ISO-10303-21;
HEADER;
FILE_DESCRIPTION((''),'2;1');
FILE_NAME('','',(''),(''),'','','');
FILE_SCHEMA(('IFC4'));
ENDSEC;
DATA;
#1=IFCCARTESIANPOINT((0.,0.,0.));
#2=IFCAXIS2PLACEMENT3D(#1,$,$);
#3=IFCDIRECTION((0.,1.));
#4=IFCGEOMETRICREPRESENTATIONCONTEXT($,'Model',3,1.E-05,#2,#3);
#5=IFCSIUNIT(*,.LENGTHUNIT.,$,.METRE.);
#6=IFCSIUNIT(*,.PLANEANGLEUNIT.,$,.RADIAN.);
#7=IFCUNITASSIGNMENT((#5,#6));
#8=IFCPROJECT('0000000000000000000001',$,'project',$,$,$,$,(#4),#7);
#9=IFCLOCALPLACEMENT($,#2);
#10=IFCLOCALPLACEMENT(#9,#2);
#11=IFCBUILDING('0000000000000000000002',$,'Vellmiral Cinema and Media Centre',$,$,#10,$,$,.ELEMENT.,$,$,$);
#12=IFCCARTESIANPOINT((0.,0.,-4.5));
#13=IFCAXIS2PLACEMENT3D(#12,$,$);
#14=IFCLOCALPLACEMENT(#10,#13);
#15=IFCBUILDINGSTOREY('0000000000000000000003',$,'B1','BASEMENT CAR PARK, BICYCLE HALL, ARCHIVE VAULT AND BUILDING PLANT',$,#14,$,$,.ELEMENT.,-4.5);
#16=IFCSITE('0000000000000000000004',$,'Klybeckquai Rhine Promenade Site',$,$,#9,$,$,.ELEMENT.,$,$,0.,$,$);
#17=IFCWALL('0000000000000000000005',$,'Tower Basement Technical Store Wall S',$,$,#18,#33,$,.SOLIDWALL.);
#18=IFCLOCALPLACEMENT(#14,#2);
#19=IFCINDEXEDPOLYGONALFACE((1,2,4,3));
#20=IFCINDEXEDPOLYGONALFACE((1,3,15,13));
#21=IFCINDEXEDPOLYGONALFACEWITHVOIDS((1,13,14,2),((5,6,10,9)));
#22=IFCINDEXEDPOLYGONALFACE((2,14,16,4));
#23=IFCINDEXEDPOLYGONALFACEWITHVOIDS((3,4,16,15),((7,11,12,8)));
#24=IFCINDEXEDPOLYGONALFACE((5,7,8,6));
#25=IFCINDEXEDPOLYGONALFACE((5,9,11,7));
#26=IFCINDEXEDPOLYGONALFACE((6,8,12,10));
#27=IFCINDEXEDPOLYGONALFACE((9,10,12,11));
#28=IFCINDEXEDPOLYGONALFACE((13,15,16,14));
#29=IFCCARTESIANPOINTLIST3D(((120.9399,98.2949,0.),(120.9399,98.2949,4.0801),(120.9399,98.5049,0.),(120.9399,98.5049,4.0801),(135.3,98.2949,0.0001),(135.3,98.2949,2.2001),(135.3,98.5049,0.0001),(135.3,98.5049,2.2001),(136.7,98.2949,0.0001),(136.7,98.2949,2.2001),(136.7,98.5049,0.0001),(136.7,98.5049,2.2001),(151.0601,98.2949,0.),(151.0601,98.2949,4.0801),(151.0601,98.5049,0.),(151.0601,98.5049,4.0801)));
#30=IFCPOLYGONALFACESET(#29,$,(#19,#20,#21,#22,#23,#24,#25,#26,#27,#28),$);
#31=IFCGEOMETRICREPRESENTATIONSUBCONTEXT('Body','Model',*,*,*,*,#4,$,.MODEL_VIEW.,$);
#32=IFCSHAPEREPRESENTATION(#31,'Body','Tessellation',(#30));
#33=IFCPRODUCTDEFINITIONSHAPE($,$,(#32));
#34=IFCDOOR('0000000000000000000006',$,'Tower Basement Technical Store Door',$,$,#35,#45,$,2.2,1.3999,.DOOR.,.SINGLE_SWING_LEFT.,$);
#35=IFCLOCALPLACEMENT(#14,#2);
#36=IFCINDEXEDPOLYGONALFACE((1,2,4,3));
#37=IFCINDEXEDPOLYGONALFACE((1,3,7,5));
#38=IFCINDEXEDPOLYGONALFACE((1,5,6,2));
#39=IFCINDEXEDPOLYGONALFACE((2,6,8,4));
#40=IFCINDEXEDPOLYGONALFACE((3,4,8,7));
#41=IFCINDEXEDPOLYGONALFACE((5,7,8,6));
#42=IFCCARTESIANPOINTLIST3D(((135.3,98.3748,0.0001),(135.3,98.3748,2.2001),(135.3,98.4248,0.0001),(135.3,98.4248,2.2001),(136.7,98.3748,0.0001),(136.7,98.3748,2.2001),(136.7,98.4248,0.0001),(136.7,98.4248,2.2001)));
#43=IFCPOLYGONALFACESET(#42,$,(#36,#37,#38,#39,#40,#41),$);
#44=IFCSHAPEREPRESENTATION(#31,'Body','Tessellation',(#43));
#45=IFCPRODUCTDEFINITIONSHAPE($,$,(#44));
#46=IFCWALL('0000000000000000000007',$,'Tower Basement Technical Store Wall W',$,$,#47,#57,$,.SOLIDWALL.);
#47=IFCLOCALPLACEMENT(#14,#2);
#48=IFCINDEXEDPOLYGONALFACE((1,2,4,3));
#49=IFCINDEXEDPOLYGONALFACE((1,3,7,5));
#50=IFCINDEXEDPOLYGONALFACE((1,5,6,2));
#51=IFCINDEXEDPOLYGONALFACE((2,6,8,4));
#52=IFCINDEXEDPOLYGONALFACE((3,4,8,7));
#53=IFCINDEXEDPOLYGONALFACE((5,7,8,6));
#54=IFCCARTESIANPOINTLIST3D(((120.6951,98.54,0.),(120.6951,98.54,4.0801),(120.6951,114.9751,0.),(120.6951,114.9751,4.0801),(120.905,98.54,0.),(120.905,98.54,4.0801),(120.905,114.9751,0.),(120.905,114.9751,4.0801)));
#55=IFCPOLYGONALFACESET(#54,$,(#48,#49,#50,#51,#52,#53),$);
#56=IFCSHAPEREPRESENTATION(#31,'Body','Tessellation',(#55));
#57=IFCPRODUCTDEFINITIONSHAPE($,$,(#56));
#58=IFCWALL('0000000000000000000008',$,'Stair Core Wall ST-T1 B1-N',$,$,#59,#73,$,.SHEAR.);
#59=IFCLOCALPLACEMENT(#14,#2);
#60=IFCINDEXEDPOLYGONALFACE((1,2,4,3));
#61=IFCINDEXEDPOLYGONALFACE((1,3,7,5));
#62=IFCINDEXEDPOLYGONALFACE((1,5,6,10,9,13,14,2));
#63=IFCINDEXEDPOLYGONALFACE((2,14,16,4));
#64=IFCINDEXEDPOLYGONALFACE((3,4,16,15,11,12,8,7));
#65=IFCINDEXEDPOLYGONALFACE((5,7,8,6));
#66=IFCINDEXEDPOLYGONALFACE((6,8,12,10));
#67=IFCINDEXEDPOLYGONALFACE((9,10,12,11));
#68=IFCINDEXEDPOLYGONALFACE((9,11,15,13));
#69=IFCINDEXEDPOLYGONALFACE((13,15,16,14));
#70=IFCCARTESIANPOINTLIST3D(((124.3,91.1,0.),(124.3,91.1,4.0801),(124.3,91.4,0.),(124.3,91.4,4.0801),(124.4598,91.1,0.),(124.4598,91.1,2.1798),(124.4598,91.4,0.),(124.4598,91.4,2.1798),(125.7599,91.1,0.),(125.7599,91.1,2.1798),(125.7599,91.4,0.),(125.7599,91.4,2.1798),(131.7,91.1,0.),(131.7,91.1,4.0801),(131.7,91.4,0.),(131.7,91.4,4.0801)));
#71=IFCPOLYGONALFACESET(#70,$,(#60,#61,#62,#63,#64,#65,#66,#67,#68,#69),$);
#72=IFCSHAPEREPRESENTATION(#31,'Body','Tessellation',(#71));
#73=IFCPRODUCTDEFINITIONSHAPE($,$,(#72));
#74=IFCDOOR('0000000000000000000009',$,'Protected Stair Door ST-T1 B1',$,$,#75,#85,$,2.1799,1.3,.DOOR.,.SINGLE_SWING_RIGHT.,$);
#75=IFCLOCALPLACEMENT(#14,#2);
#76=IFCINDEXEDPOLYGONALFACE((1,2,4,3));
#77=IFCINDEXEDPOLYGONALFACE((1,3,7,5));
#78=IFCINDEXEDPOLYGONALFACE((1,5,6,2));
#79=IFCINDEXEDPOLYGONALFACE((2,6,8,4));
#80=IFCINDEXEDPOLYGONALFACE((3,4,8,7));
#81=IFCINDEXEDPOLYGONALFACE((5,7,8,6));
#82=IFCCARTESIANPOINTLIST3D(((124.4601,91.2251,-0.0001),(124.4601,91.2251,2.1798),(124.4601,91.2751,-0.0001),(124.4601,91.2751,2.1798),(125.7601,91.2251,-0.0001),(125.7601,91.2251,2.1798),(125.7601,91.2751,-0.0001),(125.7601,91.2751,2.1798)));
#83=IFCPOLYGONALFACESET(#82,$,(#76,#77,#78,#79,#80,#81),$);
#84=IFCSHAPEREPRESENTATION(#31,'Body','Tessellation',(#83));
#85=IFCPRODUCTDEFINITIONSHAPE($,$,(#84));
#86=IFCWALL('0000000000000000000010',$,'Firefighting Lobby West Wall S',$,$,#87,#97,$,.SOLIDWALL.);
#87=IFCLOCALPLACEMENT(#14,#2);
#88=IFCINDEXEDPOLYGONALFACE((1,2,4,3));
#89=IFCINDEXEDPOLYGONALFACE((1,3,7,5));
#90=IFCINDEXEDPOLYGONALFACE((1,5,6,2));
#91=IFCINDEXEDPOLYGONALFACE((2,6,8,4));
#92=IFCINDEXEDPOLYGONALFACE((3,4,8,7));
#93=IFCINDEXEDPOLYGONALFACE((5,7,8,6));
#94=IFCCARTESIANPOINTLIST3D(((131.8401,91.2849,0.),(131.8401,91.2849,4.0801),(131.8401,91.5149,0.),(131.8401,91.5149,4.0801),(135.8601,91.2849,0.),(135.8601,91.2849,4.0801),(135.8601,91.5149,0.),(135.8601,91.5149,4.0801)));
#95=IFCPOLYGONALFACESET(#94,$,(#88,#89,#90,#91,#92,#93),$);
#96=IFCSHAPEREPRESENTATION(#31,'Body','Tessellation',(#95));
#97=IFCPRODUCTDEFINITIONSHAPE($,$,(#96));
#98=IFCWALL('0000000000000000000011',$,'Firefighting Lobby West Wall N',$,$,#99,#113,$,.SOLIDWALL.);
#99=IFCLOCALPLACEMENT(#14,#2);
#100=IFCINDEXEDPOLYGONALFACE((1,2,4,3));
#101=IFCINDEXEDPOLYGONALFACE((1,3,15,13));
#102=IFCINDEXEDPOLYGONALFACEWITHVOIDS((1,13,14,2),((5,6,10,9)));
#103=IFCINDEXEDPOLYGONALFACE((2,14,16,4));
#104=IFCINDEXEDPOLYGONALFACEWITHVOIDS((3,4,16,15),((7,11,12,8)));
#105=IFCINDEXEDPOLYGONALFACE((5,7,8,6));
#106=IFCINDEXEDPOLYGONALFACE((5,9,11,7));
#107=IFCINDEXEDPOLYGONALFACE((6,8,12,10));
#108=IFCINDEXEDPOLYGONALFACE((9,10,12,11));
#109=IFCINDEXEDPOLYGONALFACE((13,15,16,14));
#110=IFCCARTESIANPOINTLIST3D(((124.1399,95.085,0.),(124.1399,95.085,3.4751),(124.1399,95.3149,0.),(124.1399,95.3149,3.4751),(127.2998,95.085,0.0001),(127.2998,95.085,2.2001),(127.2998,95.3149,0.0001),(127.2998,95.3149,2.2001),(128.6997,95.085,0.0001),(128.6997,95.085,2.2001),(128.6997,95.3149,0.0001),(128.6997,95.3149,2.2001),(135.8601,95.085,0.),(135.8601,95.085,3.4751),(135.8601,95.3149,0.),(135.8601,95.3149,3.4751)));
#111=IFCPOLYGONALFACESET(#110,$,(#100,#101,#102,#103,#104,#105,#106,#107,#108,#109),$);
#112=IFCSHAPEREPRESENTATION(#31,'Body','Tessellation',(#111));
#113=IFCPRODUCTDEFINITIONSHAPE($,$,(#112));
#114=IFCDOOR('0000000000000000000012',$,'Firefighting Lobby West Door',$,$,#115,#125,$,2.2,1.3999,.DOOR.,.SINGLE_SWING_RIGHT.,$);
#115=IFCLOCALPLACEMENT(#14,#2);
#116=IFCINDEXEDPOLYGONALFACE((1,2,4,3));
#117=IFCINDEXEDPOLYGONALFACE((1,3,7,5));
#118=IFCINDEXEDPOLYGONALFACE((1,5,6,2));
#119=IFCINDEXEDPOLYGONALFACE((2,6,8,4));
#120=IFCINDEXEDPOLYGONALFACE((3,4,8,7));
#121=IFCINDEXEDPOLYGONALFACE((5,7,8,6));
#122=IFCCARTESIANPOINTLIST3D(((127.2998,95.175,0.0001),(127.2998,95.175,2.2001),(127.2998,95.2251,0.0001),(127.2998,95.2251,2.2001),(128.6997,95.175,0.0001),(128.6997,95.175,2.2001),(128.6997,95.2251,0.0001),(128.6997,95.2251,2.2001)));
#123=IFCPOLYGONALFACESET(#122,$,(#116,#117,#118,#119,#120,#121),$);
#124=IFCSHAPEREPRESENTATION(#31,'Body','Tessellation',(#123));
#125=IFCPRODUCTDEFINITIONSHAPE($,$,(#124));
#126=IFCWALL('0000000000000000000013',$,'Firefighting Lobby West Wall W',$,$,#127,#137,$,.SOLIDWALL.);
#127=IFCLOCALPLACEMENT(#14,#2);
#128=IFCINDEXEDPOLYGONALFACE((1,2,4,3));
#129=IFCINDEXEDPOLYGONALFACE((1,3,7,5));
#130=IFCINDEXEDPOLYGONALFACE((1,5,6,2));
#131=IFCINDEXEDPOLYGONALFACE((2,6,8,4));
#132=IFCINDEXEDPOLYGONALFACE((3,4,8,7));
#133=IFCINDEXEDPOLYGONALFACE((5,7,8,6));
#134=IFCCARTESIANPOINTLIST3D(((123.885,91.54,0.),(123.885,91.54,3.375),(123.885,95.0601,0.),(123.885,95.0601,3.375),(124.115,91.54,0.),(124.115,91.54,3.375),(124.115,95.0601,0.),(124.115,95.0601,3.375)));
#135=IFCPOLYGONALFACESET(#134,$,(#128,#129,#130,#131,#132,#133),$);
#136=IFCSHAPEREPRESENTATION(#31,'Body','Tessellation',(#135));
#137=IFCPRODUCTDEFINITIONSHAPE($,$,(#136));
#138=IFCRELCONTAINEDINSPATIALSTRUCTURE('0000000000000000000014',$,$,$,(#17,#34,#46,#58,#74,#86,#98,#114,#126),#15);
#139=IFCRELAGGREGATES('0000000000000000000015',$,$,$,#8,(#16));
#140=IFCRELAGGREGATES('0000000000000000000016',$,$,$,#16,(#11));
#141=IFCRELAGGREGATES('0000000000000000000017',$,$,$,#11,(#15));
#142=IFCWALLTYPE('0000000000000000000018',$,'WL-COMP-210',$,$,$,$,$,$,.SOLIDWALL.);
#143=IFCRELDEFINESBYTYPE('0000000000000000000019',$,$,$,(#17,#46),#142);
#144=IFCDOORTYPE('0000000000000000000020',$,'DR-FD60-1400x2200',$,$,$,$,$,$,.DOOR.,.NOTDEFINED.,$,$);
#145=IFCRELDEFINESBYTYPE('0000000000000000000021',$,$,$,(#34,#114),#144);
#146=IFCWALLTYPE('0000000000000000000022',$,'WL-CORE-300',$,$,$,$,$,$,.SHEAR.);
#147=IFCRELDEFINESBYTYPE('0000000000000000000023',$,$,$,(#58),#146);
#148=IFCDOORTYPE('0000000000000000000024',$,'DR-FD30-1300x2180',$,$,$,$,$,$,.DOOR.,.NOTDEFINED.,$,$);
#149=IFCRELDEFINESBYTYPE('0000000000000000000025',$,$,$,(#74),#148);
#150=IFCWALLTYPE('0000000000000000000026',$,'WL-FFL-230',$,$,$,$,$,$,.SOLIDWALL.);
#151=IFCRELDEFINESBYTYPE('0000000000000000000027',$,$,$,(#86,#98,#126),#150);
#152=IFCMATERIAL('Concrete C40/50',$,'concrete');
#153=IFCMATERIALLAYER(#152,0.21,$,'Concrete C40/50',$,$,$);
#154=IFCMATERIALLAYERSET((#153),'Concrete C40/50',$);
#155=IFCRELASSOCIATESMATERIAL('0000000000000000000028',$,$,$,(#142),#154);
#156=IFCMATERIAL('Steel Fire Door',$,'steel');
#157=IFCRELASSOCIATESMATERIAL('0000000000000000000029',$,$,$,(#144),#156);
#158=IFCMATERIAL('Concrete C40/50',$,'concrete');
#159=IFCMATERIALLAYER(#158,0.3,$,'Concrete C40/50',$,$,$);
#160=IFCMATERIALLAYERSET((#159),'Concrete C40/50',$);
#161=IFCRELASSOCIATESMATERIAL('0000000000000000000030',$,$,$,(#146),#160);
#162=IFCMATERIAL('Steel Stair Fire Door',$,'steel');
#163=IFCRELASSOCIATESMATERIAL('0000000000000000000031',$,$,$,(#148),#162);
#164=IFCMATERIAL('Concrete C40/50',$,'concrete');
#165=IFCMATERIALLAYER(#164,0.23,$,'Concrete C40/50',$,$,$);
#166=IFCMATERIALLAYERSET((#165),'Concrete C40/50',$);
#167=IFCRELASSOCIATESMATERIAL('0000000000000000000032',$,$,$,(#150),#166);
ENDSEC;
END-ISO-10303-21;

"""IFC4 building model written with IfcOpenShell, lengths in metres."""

from ifc_helpers import new_model, si_unit, direction, frame, frame_2d, origin, place, context, subcontext, project, spatial, rectangle, extrude, material, layer, layer_set, type_object, element, fill, save


model = new_model("IFC4")

# Units and contexts
model_context = context("Model", 3, precision=1e-05, world=origin(), true_north=direction((0.0, 1.0)))
body_context = subcontext(model_context, "Body", "Model", "MODEL_VIEW")
ifc_project = project(units=[si_unit("LENGTHUNIT", "METRE"), si_unit("PLANEANGLEUNIT", "RADIAN")], contexts=[model_context])

# Site, building, storey
site_placement = place(None, origin())
site = spatial("IfcSite", under=ifc_project, at=site_placement, Name="Klybeckquai Rhine Promenade Site", CompositionType="ELEMENT", RefElevation=0.0)
building_placement = place(site_placement, origin())
building = spatial("IfcBuilding", under=site, at=building_placement, Name="Vellmiral Cinema and Media Centre", CompositionType="ELEMENT")
storey_placement = place(building_placement, frame((0.0, 0.0, -4.5)))
storey = spatial("IfcBuildingStorey", under=building, at=storey_placement, Name="B1", Description="BASEMENT CAR PARK, BICYCLE HALL, ARCHIVE VAULT AND BUILDING PLANT", CompositionType="ELEMENT", Elevation=-4.5)

# Wall, opening, door
ifc_material_1 = material(Name="Concrete C40/50", Category="concrete")
ifc_layer_1 = layer(ifc_material_1, 0.21, Name="Concrete C40/50")
ifc_layer_set_1 = layer_set([ifc_layer_1], Name="Concrete C40/50")
wall_type_1 = type_object("IfcWallType", Name="WL-COMP-210", PredefinedType="SOLIDWALL", material=ifc_layer_set_1)
wall_1_placement = place(storey_placement, frame((120.9399, 98.3999, 0.0), z_axis=(0.0, 0.0, 1.0), x_axis=(1.0, 0.0, 0.0)))
wall_1 = element("IfcWall", 1, at=wall_1_placement, inside=storey, type_object=wall_type_1, Name="Tower Basement Technical Store Wall S", PredefinedType="SOLIDWALL", context=body_context, shape_type="SweptSolid", body=[
    extrude(rectangle(XDim=30.1201, YDim=0.21, at=frame_2d((15.0601, 0.0))), origin(), (0.0, 0.0, 1.0), 4.0801),
])
opening_1_placement = place(wall_1_placement, frame((14.3601, 0.0, 0.0)))
opening_1 = element("IfcOpeningElement", 2, at=opening_1_placement, cuts=wall_1, PredefinedType="OPENING", context=body_context, shape_type="SweptSolid", body=[
    extrude(rectangle(XDim=1.3999, YDim=2.2, at=frame_2d((0.7, 1.1001))), frame((0.0, 0.1169, 0.0), z_axis=(0.0, -1.0, 0.0), x_axis=(1.0, 0.0, 0.0)), (0.0, 0.0, 1.0), 0.2339),
])
ifc_material_2 = material(Name="Steel Fire Door", Category="steel")
door_type_1 = type_object("IfcDoorType", Name="DR-FD60-1400x2200", OperationType="NOTDEFINED", PredefinedType="DOOR", material=ifc_material_2)
door_1_placement = place(opening_1_placement, origin())
door_1 = element("IfcDoor", 3, at=door_1_placement, inside=storey, type_object=door_type_1, Name="Tower Basement Technical Store Door", OperationType="SINGLE_SWING_LEFT", OverallHeight=2.2, OverallWidth=1.3999, PredefinedType="DOOR", context=body_context, shape_type="SweptSolid", body=[
    extrude(rectangle(XDim=1.3999, YDim=2.2, at=frame_2d((0.7, 1.1001))), frame((0.0, 0.0249, 0.0), z_axis=(0.0, -1.0, 0.0), x_axis=(1.0, 0.0, 0.0)), (0.0, 0.0, 1.0), 0.05),
])
fill(opening_1, door_1)

# Wall
wall_2_placement = place(storey_placement, frame((120.8, 98.54, 0.0), z_axis=(0.0, 0.0, 1.0), x_axis=(0.0, 1.0, 0.0)))
element("IfcWall", 4, at=wall_2_placement, inside=storey, type_object=wall_type_1, Name="Tower Basement Technical Store Wall W", PredefinedType="SOLIDWALL", context=body_context, shape_type="SweptSolid", body=[
    extrude(rectangle(XDim=16.4351, YDim=0.21, at=frame_2d((8.2175, 0.0))), origin(), (0.0, 0.0, 1.0), 4.0801),
])

# Wall, opening, door
ifc_material_3 = material(Name="Concrete C40/50", Category="concrete")
ifc_layer_2 = layer(ifc_material_3, 0.3, Name="Concrete C40/50")
ifc_layer_set_2 = layer_set([ifc_layer_2], Name="Concrete C40/50")
wall_type_2 = type_object("IfcWallType", Name="WL-CORE-300", PredefinedType="SHEAR", material=ifc_layer_set_2)
wall_3_placement = place(storey_placement, frame((124.3, 91.25, 0.0), z_axis=(0.0, 0.0, 1.0), x_axis=(1.0, 0.0, 0.0)))
wall_3 = element("IfcWall", 5, at=wall_3_placement, inside=storey, type_object=wall_type_2, Name="Stair Core Wall ST-T1 B1-N", PredefinedType="SHEAR", context=body_context, shape_type="SweptSolid", body=[
    extrude(rectangle(XDim=7.3999, YDim=0.3, at=frame_2d((3.7, 0.0))), origin(), (0.0, 0.0, 1.0), 4.0801),
])
opening_2_placement = place(wall_3_placement, frame((0.1599, 0.0, 0.0)))
opening_2 = element("IfcOpeningElement", 6, at=opening_2_placement, cuts=wall_3, PredefinedType="OPENING", context=body_context, shape_type="SweptSolid", body=[
    extrude(rectangle(XDim=1.3, YDim=2.1799, at=frame_2d((0.6499, 1.0898))), frame((0.0, 0.1621, 0.0), z_axis=(0.0, -1.0, 0.0), x_axis=(1.0, 0.0, 0.0)), (0.0, 0.0, 1.0), 0.324),
])
ifc_material_4 = material(Name="Steel Stair Fire Door", Category="steel")
door_type_2 = type_object("IfcDoorType", Name="DR-FD30-1300x2180", OperationType="NOTDEFINED", PredefinedType="DOOR", material=ifc_material_4)
door_2_placement = place(opening_2_placement, frame((1.3, 0.0, 0.0), z_axis=(0.0, 0.0, 1.0), x_axis=(-1.0, 0.0, 0.0)))
door_2 = element("IfcDoor", 7, at=door_2_placement, inside=storey, type_object=door_type_2, Name="Protected Stair Door ST-T1 B1", OperationType="SINGLE_SWING_RIGHT", OverallHeight=2.1799, OverallWidth=1.3, PredefinedType="DOOR", context=body_context, shape_type="SweptSolid", body=[
    extrude(rectangle(XDim=1.3, YDim=2.1799, at=frame_2d((0.6499, 1.0898))), frame((0.0, 0.0249, 0.0), z_axis=(0.0, -1.0, 0.0), x_axis=(1.0, 0.0, 0.0)), (0.0, 0.0, 1.0), 0.05),
])
fill(opening_2, door_2)

# Wall
ifc_material_5 = material(Name="Concrete C40/50", Category="concrete")
ifc_layer_3 = layer(ifc_material_5, 0.23, Name="Concrete C40/50")
ifc_layer_set_3 = layer_set([ifc_layer_3], Name="Concrete C40/50")
wall_type_3 = type_object("IfcWallType", Name="WL-FFL-230", PredefinedType="SOLIDWALL", material=ifc_layer_set_3)
wall_4_placement = place(storey_placement, frame((131.8401, 91.3999, 0.0), z_axis=(0.0, 0.0, 1.0), x_axis=(1.0, 0.0, 0.0)))
element("IfcWall", 8, at=wall_4_placement, inside=storey, type_object=wall_type_3, Name="Firefighting Lobby West Wall S", PredefinedType="SOLIDWALL", context=body_context, shape_type="SweptSolid", body=[
    extrude(rectangle(XDim=4.02, YDim=0.23, at=frame_2d((2.01, 0.0))), origin(), (0.0, 0.0, 1.0), 4.0801),
])

# Wall, opening, door
wall_5_placement = place(storey_placement, frame((124.1399, 95.2, 0.0), z_axis=(0.0, 0.0, 1.0), x_axis=(1.0, 0.0, 0.0)))
wall_5 = element("IfcWall", 9, at=wall_5_placement, inside=storey, type_object=wall_type_3, Name="Firefighting Lobby West Wall N", PredefinedType="SOLIDWALL", context=body_context, shape_type="SweptSolid", body=[
    extrude(rectangle(XDim=11.7202, YDim=0.23, at=frame_2d((5.8601, 0.0))), origin(), (0.0, 0.0, 1.0), 3.4751),
])
opening_3_placement = place(wall_5_placement, frame((3.1599, 0.0, 0.0)))
opening_3 = element("IfcOpeningElement", 10, at=opening_3_placement, cuts=wall_5, PredefinedType="OPENING", context=body_context, shape_type="SweptSolid", body=[
    extrude(rectangle(XDim=1.3999, YDim=2.2, at=frame_2d((0.7, 1.1001))), frame((0.0, 0.127, 0.0), z_axis=(0.0, -1.0, 0.0), x_axis=(1.0, 0.0, 0.0)), (0.0, 0.0, 1.0), 0.2539),
])
door_3_placement = place(opening_3_placement, frame((1.3999, 0.0, 0.0), z_axis=(0.0, 0.0, 1.0), x_axis=(-1.0, 0.0, 0.0)))
door_3 = element("IfcDoor", 11, at=door_3_placement, inside=storey, type_object=door_type_1, Name="Firefighting Lobby West Door", OperationType="SINGLE_SWING_RIGHT", OverallHeight=2.2, OverallWidth=1.3999, PredefinedType="DOOR", context=body_context, shape_type="SweptSolid", body=[
    extrude(rectangle(XDim=1.3999, YDim=2.2, at=frame_2d((0.7, 1.1001))), frame((0.0, 0.0249, 0.0), z_axis=(0.0, -1.0, 0.0), x_axis=(1.0, 0.0, 0.0)), (0.0, 0.0, 1.0), 0.05),
])
fill(opening_3, door_3)

# Wall
wall_6_placement = place(storey_placement, frame((124.0, 91.54, 0.0), z_axis=(0.0, 0.0, 1.0), x_axis=(0.0, 1.0, 0.0)))
element("IfcWall", 12, at=wall_6_placement, inside=storey, type_object=wall_type_3, Name="Firefighting Lobby West Wall W", PredefinedType="SOLIDWALL", context=body_context, shape_type="SweptSolid", body=[
    extrude(rectangle(XDim=3.52, YDim=0.23, at=frame_2d((1.76, 0.0))), origin(), (0.0, 0.0, 1.0), 3.375),
])

save(model, "model.ifc")
